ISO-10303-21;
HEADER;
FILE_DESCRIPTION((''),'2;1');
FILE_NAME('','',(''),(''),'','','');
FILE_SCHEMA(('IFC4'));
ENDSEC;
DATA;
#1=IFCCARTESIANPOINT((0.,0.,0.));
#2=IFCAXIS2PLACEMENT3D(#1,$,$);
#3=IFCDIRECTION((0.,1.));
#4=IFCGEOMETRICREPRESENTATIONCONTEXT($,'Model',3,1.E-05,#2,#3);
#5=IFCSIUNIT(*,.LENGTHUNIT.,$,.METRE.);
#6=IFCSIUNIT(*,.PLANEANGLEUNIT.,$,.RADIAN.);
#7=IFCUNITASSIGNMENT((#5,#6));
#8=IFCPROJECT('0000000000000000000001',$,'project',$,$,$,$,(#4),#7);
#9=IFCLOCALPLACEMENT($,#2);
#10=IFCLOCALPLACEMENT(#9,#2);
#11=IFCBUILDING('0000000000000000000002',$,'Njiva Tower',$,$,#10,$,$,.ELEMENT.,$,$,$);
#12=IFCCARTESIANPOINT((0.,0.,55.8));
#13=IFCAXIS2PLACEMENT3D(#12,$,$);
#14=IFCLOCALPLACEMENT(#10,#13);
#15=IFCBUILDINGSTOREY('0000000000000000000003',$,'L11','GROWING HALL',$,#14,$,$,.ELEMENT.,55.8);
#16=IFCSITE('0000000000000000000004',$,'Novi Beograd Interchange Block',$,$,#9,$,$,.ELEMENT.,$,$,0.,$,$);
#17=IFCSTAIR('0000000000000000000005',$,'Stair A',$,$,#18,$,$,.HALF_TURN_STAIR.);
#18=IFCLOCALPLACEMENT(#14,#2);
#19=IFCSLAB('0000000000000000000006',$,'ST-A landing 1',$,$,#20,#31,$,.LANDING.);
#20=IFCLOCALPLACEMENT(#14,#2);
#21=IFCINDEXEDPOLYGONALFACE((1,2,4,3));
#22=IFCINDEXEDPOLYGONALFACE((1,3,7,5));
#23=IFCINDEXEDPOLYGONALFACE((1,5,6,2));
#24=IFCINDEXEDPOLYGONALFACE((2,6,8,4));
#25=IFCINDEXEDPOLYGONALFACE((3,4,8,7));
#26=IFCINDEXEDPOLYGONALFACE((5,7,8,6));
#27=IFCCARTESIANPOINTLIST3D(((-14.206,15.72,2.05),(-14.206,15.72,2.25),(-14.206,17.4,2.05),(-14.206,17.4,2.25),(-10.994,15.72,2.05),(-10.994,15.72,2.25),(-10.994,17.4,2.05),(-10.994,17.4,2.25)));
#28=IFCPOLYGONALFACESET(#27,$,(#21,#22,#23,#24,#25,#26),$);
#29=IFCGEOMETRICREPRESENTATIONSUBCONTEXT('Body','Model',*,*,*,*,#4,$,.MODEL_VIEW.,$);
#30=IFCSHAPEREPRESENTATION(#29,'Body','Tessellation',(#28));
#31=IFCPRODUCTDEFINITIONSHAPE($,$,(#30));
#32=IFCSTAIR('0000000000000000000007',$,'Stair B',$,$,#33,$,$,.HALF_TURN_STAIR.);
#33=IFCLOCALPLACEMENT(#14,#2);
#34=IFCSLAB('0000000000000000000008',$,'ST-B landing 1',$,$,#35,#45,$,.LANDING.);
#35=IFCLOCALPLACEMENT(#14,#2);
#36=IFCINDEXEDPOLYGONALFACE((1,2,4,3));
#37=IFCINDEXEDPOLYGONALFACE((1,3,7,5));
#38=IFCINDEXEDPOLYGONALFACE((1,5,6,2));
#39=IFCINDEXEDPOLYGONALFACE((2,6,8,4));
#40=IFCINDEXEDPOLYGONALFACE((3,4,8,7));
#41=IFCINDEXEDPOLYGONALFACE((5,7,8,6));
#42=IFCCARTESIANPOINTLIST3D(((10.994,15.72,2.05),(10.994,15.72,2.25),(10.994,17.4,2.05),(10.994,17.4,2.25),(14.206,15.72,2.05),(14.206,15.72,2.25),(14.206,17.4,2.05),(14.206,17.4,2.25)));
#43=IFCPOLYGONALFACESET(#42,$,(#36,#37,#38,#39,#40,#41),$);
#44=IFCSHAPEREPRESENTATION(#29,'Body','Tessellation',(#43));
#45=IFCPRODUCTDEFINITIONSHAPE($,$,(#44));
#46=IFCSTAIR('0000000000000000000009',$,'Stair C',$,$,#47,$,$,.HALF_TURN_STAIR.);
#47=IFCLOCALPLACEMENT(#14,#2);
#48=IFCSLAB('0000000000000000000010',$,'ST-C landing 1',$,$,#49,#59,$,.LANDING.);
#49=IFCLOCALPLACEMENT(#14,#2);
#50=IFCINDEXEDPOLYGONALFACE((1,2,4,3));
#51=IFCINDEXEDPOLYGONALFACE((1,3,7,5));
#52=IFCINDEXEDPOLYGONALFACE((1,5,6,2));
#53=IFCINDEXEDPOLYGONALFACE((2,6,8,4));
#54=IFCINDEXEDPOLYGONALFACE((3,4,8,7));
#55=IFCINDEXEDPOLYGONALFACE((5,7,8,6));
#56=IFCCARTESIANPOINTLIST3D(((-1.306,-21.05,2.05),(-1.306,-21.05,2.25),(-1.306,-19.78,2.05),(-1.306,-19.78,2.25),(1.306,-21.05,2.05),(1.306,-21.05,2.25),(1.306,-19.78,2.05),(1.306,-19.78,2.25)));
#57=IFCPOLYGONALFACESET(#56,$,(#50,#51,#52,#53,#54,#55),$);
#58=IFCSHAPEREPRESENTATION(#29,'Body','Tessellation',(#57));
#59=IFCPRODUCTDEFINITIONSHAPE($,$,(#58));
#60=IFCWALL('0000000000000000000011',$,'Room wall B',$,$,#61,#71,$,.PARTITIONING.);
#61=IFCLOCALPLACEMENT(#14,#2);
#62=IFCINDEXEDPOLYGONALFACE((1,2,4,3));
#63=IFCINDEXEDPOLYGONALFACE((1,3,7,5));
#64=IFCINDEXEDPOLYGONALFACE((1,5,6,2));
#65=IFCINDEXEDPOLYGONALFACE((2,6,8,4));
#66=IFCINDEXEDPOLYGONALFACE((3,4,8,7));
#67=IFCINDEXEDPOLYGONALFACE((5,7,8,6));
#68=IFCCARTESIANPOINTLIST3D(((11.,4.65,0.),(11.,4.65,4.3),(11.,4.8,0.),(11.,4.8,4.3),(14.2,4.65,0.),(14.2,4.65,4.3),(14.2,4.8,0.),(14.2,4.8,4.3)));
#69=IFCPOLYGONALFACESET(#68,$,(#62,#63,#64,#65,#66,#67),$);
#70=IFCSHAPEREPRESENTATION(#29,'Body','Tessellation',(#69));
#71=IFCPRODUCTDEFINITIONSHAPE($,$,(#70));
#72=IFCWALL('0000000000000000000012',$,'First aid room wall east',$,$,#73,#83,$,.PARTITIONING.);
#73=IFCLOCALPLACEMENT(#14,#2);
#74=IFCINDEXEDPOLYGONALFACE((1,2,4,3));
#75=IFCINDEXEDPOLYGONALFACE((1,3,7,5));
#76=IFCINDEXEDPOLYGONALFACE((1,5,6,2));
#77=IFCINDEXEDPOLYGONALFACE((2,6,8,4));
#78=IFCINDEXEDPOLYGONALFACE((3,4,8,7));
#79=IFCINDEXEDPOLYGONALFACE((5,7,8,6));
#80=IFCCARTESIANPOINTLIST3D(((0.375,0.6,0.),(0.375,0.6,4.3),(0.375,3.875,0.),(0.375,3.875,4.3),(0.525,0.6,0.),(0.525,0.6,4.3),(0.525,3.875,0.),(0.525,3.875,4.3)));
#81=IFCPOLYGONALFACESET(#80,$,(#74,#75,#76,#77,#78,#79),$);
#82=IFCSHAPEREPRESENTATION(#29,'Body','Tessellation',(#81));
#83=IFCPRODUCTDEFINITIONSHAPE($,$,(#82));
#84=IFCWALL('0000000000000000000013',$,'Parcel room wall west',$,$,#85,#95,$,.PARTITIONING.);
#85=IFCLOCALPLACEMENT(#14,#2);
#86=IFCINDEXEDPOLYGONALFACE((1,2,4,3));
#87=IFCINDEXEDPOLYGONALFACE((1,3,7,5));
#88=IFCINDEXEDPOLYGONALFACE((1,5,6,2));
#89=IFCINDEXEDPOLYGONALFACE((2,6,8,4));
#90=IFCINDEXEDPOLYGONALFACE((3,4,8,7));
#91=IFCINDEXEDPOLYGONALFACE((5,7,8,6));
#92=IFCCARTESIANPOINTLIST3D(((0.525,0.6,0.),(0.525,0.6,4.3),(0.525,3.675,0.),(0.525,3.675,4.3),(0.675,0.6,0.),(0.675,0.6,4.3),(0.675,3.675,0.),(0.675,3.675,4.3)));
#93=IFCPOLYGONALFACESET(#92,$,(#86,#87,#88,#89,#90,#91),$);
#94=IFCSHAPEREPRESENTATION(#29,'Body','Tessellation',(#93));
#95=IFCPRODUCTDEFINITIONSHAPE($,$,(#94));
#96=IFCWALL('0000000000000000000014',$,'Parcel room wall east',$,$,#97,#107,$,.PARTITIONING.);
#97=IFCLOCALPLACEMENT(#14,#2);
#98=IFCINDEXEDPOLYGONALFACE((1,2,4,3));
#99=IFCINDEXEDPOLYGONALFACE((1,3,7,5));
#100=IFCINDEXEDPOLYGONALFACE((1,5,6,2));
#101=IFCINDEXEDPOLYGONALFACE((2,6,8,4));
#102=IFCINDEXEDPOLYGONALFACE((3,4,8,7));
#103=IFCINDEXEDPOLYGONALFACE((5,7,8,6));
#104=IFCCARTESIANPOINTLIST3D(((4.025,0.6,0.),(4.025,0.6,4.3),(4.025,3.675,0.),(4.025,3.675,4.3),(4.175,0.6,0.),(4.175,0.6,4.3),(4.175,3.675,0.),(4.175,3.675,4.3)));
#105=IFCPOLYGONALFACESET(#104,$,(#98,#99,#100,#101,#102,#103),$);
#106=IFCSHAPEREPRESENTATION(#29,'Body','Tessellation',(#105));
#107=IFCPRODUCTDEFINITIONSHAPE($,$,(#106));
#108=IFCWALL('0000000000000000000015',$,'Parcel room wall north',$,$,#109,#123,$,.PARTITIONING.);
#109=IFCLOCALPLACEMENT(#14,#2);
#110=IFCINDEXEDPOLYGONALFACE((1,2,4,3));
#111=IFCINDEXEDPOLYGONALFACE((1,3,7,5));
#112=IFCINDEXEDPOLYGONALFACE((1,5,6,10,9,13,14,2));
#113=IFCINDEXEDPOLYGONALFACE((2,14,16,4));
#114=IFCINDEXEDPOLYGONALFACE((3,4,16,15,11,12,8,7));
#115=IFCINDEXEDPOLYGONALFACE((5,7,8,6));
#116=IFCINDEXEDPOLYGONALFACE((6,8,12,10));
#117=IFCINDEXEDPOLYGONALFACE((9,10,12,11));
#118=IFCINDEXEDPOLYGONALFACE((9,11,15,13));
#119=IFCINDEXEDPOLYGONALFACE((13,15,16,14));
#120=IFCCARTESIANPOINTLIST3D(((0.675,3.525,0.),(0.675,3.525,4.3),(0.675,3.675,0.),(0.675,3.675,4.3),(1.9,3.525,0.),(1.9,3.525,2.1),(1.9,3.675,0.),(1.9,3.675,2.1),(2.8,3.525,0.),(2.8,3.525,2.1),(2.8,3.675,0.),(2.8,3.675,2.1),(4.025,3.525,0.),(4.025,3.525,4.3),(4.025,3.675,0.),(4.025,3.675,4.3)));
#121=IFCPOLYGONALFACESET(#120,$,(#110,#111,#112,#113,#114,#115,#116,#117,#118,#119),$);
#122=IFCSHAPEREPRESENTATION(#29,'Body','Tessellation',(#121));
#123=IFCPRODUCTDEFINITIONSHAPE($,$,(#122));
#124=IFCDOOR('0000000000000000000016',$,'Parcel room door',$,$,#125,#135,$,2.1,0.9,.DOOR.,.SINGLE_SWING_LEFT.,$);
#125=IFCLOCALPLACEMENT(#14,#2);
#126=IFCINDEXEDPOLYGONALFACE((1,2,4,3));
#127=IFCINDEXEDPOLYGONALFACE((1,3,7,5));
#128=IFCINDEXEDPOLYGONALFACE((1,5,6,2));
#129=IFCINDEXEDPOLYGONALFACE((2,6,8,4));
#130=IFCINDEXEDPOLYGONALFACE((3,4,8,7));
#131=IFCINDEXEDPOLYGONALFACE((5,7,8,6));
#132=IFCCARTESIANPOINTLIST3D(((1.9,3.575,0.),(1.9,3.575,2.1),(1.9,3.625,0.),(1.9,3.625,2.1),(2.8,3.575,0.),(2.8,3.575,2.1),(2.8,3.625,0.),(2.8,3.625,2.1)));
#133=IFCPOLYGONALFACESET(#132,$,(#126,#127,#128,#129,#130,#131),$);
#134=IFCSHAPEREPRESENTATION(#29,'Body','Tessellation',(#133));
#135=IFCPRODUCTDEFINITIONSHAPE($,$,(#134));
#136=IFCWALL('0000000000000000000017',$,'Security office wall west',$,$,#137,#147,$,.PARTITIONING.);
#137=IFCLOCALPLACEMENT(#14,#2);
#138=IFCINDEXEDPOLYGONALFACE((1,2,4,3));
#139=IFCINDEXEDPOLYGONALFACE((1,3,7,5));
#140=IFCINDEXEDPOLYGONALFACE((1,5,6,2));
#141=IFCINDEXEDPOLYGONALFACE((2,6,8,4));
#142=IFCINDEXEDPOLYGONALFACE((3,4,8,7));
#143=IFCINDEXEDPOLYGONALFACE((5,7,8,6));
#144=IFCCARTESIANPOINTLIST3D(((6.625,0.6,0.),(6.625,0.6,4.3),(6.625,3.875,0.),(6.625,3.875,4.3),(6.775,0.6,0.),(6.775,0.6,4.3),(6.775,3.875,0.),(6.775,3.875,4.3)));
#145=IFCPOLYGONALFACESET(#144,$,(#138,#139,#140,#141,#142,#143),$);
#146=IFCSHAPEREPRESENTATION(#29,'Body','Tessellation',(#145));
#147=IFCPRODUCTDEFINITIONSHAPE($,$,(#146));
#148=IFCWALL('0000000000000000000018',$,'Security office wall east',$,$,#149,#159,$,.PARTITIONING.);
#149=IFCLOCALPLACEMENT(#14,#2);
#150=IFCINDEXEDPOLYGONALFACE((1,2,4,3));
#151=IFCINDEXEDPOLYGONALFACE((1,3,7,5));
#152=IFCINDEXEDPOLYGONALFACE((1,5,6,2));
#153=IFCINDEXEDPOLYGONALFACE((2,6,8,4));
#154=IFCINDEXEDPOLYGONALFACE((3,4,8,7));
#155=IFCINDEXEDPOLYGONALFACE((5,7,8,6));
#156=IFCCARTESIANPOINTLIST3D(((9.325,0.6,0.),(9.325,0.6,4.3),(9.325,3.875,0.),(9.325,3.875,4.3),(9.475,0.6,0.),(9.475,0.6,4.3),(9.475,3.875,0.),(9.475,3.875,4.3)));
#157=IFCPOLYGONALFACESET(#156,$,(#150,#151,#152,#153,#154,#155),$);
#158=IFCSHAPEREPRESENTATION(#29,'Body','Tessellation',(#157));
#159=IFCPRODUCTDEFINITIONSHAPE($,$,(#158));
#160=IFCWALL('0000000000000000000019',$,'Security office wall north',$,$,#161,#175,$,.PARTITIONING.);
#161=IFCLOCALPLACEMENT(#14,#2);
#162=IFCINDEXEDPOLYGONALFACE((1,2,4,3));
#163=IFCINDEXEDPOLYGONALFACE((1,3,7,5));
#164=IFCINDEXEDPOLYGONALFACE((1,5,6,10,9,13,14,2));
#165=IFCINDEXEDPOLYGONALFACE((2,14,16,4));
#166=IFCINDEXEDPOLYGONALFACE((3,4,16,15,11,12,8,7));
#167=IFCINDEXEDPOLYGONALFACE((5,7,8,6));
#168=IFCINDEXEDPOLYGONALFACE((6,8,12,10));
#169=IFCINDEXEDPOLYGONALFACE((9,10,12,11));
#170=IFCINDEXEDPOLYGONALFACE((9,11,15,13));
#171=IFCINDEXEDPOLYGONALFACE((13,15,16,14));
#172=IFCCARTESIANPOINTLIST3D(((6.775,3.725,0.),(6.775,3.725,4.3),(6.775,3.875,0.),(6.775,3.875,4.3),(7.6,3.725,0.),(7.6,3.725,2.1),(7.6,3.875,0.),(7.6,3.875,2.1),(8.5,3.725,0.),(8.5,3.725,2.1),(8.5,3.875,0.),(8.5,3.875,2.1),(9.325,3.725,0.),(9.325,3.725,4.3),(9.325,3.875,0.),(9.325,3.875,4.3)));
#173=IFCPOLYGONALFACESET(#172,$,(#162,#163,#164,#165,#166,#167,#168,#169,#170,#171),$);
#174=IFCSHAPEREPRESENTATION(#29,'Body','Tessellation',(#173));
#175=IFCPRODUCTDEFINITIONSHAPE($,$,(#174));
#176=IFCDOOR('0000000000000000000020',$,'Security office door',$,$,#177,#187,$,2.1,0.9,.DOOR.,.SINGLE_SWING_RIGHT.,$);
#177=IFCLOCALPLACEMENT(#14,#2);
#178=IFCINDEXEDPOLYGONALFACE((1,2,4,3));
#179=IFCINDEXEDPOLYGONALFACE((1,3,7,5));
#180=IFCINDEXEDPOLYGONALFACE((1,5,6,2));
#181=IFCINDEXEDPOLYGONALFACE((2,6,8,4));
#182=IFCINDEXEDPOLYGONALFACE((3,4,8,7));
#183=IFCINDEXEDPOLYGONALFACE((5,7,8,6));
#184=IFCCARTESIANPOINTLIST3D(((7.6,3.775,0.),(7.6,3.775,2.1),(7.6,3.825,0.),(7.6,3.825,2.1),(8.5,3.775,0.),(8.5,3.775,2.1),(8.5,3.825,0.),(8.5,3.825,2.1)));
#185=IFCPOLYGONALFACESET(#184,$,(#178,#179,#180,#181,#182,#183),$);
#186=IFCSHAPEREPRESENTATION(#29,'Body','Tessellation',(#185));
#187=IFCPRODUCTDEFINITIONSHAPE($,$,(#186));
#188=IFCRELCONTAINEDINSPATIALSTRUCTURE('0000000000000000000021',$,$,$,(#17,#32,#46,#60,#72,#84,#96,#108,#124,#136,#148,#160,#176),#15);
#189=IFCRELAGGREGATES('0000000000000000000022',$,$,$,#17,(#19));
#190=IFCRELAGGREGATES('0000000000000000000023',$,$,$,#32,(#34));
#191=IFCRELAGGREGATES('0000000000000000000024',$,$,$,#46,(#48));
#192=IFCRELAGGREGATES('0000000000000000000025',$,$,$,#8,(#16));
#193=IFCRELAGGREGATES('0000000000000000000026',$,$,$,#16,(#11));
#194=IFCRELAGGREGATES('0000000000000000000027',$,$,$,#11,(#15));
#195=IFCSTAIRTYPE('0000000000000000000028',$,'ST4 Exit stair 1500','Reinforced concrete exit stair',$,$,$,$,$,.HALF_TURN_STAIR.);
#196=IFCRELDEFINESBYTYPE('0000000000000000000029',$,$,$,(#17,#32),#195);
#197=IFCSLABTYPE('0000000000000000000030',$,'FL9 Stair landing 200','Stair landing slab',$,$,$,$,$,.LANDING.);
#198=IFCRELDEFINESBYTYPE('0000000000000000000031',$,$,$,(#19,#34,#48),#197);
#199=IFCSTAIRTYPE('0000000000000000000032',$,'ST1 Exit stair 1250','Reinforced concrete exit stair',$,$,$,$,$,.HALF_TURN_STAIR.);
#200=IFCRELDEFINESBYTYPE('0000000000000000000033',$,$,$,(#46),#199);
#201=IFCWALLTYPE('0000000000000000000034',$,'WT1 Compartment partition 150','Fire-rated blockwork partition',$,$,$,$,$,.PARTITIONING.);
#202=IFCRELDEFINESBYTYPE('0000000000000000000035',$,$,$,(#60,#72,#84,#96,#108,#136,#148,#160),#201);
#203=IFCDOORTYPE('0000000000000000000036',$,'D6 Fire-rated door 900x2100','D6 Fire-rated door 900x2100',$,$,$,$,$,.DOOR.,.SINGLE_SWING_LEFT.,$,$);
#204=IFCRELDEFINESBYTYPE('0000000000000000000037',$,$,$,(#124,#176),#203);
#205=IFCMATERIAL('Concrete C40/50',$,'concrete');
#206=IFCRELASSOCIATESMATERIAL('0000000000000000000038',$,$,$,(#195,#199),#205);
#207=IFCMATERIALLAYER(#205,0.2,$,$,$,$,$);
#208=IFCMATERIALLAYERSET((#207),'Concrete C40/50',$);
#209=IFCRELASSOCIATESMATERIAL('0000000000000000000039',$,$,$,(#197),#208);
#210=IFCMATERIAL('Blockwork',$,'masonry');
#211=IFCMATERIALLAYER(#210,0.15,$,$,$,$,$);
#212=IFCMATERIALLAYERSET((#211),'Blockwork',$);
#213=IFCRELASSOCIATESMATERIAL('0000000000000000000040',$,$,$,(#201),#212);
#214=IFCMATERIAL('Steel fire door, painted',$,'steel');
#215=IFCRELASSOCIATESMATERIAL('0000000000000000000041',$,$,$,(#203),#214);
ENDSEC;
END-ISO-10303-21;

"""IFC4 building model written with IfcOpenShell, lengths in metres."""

from ifc_helpers import new_model, si_unit, direction, frame, frame_2d, origin, place, context, subcontext, project, spatial, polyline, rectangle, outline, extrude, material, layer, layer_set, type_object, element, fill, aggregate, save


model = new_model("IFC4")

# Units and contexts
model_context = context("Model", 3, precision=1e-05, world=origin(), true_north=direction((0.0, 1.0)))
body_context = subcontext(model_context, "Body", "Model", "MODEL_VIEW")
ifc_project = project(units=[si_unit("LENGTHUNIT", "METRE"), si_unit("PLANEANGLEUNIT", "RADIAN")], contexts=[model_context])

# Site, building, storey
site_placement = place(None, origin())
site = spatial("IfcSite", under=ifc_project, at=site_placement, Name="Novi Beograd Interchange Block", CompositionType="ELEMENT", RefElevation=0.0)
building_placement = place(site_placement, origin())
building = spatial("IfcBuilding", under=site, at=building_placement, Name="Njiva Tower", CompositionType="ELEMENT")
storey_placement = place(building_placement, frame((0.0, 0.0, 55.8)))
storey = spatial("IfcBuildingStorey", under=building, at=storey_placement, Name="L11", Description="GROWING HALL", CompositionType="ELEMENT", Elevation=55.8)

# Stairs, slabs
ifc_material_1 = material(Name="Concrete C40/50", Category="concrete")
stair_type_1 = type_object("IfcStairType", Name="ST4 Exit stair 1500", Description="Reinforced concrete exit stair", PredefinedType="HALF_TURN_STAIR", material=ifc_material_1)
stair_1_placement = place(storey_placement, origin())
stair_1 = element("IfcStair", 1, at=stair_1_placement, inside=storey, type_object=stair_type_1, Name="Stair A", PredefinedType="HALF_TURN_STAIR")
ifc_layer_1 = layer(ifc_material_1, 0.2)
ifc_layer_set_1 = layer_set([ifc_layer_1], Name="Concrete C40/50")
slab_type = type_object("IfcSlabType", Name="FL9 Stair landing 200", Description="Stair landing slab", PredefinedType="LANDING", material=ifc_layer_set_1)
slab_1_placement = place(storey_placement, frame((0.0, 0.0, 2.05)))
slab_1 = element("IfcSlab", 2, at=slab_1_placement, type_object=slab_type, Name="ST-A landing 1", PredefinedType="LANDING", context=body_context, shape_type="SweptSolid", body=[
    extrude(outline(polyline([(-14.206, 15.72), (-10.994, 15.72), (-10.994, 17.4), (-14.206, 17.4), (-14.206, 15.72)])), origin(), (0.0, 0.0, 1.0), 0.2),
])
aggregate(stair_1, [slab_1])
stair_2_placement = place(storey_placement, origin())
stair_2 = element("IfcStair", 3, at=stair_2_placement, inside=storey, type_object=stair_type_1, Name="Stair B", PredefinedType="HALF_TURN_STAIR")
slab_2_placement = place(storey_placement, frame((0.0, 0.0, 2.05)))
slab_2 = element("IfcSlab", 4, at=slab_2_placement, type_object=slab_type, Name="ST-B landing 1", PredefinedType="LANDING", context=body_context, shape_type="SweptSolid", body=[
    extrude(outline(polyline([(10.994, 15.72), (14.206, 15.72), (14.206, 17.4), (10.994, 17.4), (10.994, 15.72)])), origin(), (0.0, 0.0, 1.0), 0.2),
])
aggregate(stair_2, [slab_2])
stair_type_2 = type_object("IfcStairType", Name="ST1 Exit stair 1250", Description="Reinforced concrete exit stair", PredefinedType="HALF_TURN_STAIR", material=ifc_material_1)
stair_3_placement = place(storey_placement, origin())
stair_3 = element("IfcStair", 5, at=stair_3_placement, inside=storey, type_object=stair_type_2, Name="Stair C", PredefinedType="HALF_TURN_STAIR")
slab_3_placement = place(storey_placement, frame((0.0, 0.0, 2.05)))
slab_3 = element("IfcSlab", 6, at=slab_3_placement, type_object=slab_type, Name="ST-C landing 1", PredefinedType="LANDING", context=body_context, shape_type="SweptSolid", body=[
    extrude(outline(polyline([(-1.306, -21.05), (1.306, -21.05), (1.306, -19.78), (-1.306, -19.78), (-1.306, -21.05)])), origin(), (0.0, 0.0, 1.0), 0.2),
])
aggregate(stair_3, [slab_3])

# Walls
ifc_material_2 = material(Name="Blockwork", Category="masonry")
ifc_layer_2 = layer(ifc_material_2, 0.15)
ifc_layer_set_2 = layer_set([ifc_layer_2], Name="Blockwork")
wall_type_1 = type_object("IfcWallType", Name="WT1 Compartment partition 150", Description="Fire-rated blockwork partition", PredefinedType="PARTITIONING", material=ifc_layer_set_2)
wall_1_placement = place(storey_placement, frame((11.0, 4.725, 0.0), z_axis=(0.0, 0.0, 1.0), x_axis=(1.0, 0.0, 0.0)))
element("IfcWall", 7, at=wall_1_placement, inside=storey, type_object=wall_type_1, Name="Room wall B", PredefinedType="PARTITIONING", context=body_context, shape_type="SweptSolid", body=[
    extrude(rectangle(XDim=3.2, YDim=0.15, at=frame_2d((1.6, 0.0))), origin(), (0.0, 0.0, 1.0), 4.3),
])
wall_2_placement = place(storey_placement, frame((0.45, 0.6, 0.0), z_axis=(0.0, 0.0, 1.0), x_axis=(0.0, 1.0, 0.0)))
element("IfcWall", 8, at=wall_2_placement, inside=storey, type_object=wall_type_1, Name="First aid room wall east", PredefinedType="PARTITIONING", context=body_context, shape_type="SweptSolid", body=[
    extrude(rectangle(XDim=3.275, YDim=0.15, at=frame_2d((1.6375, 0.0))), origin(), (0.0, 0.0, 1.0), 4.3),
])
for number, where, z_axis, x_axis, name in (
    (9, (0.6, 0.6, 0.0), (0.0, 0.0, 1.0), (0.0, 1.0, 0.0), "Parcel room wall west"),
    (10, (4.1, 0.6, 0.0), (0.0, 0.0, 1.0), (0.0, 1.0, 0.0), "Parcel room wall east"),
):
    element("IfcWall", number, at=place(storey_placement, frame(where, z_axis=z_axis, x_axis=x_axis)), inside=storey, type_object=wall_type_1, Name=name, PredefinedType="PARTITIONING", context=body_context, shape_type="SweptSolid", body=[
        extrude(rectangle(XDim=3.075, YDim=0.15, at=frame_2d((1.5375, 0.0))), origin(), (0.0, 0.0, 1.0), 4.3),
    ])

# Wall, opening, door
wall_3_placement = place(storey_placement, frame((0.675, 3.6, 0.0), z_axis=(0.0, 0.0, 1.0), x_axis=(1.0, 0.0, 0.0)))
wall_3 = element("IfcWall", 11, at=wall_3_placement, inside=storey, type_object=wall_type_1, Name="Parcel room wall north", PredefinedType="PARTITIONING", context=body_context, shape_type="SweptSolid", body=[
    extrude(rectangle(XDim=3.35, YDim=0.15, at=frame_2d((1.675, 0.0))), origin(), (0.0, 0.0, 1.0), 4.3),
])
opening_1_placement = place(wall_3_placement, frame((1.225, 0.0, 0.0)))
opening_1 = element("IfcOpeningElement", 12, at=opening_1_placement, cuts=wall_3, PredefinedType="OPENING", context=body_context, shape_type="SweptSolid", body=[
    extrude(rectangle(XDim=0.9, YDim=2.1, at=frame_2d((0.45, 1.05))), frame((0.0, 0.085, 0.0), z_axis=(0.0, -1.0, 0.0), x_axis=(1.0, 0.0, 0.0)), (0.0, 0.0, 1.0), 0.17),
])
ifc_material_3 = material(Name="Steel fire door, painted", Category="steel")
door_type_1 = type_object("IfcDoorType", Name="D6 Fire-rated door 900x2100", Description="D6 Fire-rated door 900x2100", OperationType="SINGLE_SWING_LEFT", PredefinedType="DOOR", material=ifc_material_3)
door_1_placement = place(opening_1_placement, origin())
door_1 = element("IfcDoor", 13, at=door_1_placement, inside=storey, type_object=door_type_1, Name="Parcel room door", OperationType="SINGLE_SWING_LEFT", OverallHeight=2.1, OverallWidth=0.9, PredefinedType="DOOR", context=body_context, shape_type="SweptSolid", body=[
    extrude(rectangle(XDim=0.9, YDim=2.1, at=frame_2d((0.45, 1.05))), frame((0.0, 0.025, 0.0), z_axis=(0.0, -1.0, 0.0), x_axis=(1.0, 0.0, 0.0)), (0.0, 0.0, 1.0), 0.05),
])
fill(opening_1, door_1)

# Walls
for number, where, z_axis, x_axis, name in (
    (14, (6.7, 0.6, 0.0), (0.0, 0.0, 1.0), (0.0, 1.0, 0.0), "Security office wall west"),
    (15, (9.4, 0.6, 0.0), (0.0, 0.0, 1.0), (0.0, 1.0, 0.0), "Security office wall east"),
):
    element("IfcWall", number, at=place(storey_placement, frame(where, z_axis=z_axis, x_axis=x_axis)), inside=storey, type_object=wall_type_1, Name=name, PredefinedType="PARTITIONING", context=body_context, shape_type="SweptSolid", body=[
        extrude(rectangle(XDim=3.275, YDim=0.15, at=frame_2d((1.6375, 0.0))), origin(), (0.0, 0.0, 1.0), 4.3),
    ])

# Wall, opening, door
wall_4_placement = place(storey_placement, frame((6.775, 3.8, 0.0), z_axis=(0.0, 0.0, 1.0), x_axis=(1.0, 0.0, 0.0)))
wall_4 = element("IfcWall", 16, at=wall_4_placement, inside=storey, type_object=wall_type_1, Name="Security office wall north", PredefinedType="PARTITIONING", context=body_context, shape_type="SweptSolid", body=[
    extrude(rectangle(XDim=2.55, YDim=0.15, at=frame_2d((1.275, 0.0))), origin(), (0.0, 0.0, 1.0), 4.3),
])
opening_2_placement = place(wall_4_placement, frame((0.825, 0.0, 0.0)))
opening_2 = element("IfcOpeningElement", 17, at=opening_2_placement, cuts=wall_4, PredefinedType="OPENING", context=body_context, shape_type="SweptSolid", body=[
    extrude(rectangle(XDim=0.9, YDim=2.1, at=frame_2d((0.45, 1.05))), frame((0.0, 0.085, 0.0), z_axis=(0.0, -1.0, 0.0), x_axis=(1.0, 0.0, 0.0)), (0.0, 0.0, 1.0), 0.17),
])
door_2_placement = place(opening_2_placement, origin())
door_2 = element("IfcDoor", 18, at=door_2_placement, inside=storey, type_object=door_type_1, Name="Security office door", OperationType="SINGLE_SWING_RIGHT", OverallHeight=2.1, OverallWidth=0.9, PredefinedType="DOOR", context=body_context, shape_type="SweptSolid", body=[
    extrude(rectangle(XDim=0.9, YDim=2.1, at=frame_2d((0.45, 1.05))), frame((0.0, 0.025, 0.0), z_axis=(0.0, -1.0, 0.0), x_axis=(1.0, 0.0, 0.0)), (0.0, 0.0, 1.0), 0.05),
])
fill(opening_2, door_2)

save(model, "model.ifc")
